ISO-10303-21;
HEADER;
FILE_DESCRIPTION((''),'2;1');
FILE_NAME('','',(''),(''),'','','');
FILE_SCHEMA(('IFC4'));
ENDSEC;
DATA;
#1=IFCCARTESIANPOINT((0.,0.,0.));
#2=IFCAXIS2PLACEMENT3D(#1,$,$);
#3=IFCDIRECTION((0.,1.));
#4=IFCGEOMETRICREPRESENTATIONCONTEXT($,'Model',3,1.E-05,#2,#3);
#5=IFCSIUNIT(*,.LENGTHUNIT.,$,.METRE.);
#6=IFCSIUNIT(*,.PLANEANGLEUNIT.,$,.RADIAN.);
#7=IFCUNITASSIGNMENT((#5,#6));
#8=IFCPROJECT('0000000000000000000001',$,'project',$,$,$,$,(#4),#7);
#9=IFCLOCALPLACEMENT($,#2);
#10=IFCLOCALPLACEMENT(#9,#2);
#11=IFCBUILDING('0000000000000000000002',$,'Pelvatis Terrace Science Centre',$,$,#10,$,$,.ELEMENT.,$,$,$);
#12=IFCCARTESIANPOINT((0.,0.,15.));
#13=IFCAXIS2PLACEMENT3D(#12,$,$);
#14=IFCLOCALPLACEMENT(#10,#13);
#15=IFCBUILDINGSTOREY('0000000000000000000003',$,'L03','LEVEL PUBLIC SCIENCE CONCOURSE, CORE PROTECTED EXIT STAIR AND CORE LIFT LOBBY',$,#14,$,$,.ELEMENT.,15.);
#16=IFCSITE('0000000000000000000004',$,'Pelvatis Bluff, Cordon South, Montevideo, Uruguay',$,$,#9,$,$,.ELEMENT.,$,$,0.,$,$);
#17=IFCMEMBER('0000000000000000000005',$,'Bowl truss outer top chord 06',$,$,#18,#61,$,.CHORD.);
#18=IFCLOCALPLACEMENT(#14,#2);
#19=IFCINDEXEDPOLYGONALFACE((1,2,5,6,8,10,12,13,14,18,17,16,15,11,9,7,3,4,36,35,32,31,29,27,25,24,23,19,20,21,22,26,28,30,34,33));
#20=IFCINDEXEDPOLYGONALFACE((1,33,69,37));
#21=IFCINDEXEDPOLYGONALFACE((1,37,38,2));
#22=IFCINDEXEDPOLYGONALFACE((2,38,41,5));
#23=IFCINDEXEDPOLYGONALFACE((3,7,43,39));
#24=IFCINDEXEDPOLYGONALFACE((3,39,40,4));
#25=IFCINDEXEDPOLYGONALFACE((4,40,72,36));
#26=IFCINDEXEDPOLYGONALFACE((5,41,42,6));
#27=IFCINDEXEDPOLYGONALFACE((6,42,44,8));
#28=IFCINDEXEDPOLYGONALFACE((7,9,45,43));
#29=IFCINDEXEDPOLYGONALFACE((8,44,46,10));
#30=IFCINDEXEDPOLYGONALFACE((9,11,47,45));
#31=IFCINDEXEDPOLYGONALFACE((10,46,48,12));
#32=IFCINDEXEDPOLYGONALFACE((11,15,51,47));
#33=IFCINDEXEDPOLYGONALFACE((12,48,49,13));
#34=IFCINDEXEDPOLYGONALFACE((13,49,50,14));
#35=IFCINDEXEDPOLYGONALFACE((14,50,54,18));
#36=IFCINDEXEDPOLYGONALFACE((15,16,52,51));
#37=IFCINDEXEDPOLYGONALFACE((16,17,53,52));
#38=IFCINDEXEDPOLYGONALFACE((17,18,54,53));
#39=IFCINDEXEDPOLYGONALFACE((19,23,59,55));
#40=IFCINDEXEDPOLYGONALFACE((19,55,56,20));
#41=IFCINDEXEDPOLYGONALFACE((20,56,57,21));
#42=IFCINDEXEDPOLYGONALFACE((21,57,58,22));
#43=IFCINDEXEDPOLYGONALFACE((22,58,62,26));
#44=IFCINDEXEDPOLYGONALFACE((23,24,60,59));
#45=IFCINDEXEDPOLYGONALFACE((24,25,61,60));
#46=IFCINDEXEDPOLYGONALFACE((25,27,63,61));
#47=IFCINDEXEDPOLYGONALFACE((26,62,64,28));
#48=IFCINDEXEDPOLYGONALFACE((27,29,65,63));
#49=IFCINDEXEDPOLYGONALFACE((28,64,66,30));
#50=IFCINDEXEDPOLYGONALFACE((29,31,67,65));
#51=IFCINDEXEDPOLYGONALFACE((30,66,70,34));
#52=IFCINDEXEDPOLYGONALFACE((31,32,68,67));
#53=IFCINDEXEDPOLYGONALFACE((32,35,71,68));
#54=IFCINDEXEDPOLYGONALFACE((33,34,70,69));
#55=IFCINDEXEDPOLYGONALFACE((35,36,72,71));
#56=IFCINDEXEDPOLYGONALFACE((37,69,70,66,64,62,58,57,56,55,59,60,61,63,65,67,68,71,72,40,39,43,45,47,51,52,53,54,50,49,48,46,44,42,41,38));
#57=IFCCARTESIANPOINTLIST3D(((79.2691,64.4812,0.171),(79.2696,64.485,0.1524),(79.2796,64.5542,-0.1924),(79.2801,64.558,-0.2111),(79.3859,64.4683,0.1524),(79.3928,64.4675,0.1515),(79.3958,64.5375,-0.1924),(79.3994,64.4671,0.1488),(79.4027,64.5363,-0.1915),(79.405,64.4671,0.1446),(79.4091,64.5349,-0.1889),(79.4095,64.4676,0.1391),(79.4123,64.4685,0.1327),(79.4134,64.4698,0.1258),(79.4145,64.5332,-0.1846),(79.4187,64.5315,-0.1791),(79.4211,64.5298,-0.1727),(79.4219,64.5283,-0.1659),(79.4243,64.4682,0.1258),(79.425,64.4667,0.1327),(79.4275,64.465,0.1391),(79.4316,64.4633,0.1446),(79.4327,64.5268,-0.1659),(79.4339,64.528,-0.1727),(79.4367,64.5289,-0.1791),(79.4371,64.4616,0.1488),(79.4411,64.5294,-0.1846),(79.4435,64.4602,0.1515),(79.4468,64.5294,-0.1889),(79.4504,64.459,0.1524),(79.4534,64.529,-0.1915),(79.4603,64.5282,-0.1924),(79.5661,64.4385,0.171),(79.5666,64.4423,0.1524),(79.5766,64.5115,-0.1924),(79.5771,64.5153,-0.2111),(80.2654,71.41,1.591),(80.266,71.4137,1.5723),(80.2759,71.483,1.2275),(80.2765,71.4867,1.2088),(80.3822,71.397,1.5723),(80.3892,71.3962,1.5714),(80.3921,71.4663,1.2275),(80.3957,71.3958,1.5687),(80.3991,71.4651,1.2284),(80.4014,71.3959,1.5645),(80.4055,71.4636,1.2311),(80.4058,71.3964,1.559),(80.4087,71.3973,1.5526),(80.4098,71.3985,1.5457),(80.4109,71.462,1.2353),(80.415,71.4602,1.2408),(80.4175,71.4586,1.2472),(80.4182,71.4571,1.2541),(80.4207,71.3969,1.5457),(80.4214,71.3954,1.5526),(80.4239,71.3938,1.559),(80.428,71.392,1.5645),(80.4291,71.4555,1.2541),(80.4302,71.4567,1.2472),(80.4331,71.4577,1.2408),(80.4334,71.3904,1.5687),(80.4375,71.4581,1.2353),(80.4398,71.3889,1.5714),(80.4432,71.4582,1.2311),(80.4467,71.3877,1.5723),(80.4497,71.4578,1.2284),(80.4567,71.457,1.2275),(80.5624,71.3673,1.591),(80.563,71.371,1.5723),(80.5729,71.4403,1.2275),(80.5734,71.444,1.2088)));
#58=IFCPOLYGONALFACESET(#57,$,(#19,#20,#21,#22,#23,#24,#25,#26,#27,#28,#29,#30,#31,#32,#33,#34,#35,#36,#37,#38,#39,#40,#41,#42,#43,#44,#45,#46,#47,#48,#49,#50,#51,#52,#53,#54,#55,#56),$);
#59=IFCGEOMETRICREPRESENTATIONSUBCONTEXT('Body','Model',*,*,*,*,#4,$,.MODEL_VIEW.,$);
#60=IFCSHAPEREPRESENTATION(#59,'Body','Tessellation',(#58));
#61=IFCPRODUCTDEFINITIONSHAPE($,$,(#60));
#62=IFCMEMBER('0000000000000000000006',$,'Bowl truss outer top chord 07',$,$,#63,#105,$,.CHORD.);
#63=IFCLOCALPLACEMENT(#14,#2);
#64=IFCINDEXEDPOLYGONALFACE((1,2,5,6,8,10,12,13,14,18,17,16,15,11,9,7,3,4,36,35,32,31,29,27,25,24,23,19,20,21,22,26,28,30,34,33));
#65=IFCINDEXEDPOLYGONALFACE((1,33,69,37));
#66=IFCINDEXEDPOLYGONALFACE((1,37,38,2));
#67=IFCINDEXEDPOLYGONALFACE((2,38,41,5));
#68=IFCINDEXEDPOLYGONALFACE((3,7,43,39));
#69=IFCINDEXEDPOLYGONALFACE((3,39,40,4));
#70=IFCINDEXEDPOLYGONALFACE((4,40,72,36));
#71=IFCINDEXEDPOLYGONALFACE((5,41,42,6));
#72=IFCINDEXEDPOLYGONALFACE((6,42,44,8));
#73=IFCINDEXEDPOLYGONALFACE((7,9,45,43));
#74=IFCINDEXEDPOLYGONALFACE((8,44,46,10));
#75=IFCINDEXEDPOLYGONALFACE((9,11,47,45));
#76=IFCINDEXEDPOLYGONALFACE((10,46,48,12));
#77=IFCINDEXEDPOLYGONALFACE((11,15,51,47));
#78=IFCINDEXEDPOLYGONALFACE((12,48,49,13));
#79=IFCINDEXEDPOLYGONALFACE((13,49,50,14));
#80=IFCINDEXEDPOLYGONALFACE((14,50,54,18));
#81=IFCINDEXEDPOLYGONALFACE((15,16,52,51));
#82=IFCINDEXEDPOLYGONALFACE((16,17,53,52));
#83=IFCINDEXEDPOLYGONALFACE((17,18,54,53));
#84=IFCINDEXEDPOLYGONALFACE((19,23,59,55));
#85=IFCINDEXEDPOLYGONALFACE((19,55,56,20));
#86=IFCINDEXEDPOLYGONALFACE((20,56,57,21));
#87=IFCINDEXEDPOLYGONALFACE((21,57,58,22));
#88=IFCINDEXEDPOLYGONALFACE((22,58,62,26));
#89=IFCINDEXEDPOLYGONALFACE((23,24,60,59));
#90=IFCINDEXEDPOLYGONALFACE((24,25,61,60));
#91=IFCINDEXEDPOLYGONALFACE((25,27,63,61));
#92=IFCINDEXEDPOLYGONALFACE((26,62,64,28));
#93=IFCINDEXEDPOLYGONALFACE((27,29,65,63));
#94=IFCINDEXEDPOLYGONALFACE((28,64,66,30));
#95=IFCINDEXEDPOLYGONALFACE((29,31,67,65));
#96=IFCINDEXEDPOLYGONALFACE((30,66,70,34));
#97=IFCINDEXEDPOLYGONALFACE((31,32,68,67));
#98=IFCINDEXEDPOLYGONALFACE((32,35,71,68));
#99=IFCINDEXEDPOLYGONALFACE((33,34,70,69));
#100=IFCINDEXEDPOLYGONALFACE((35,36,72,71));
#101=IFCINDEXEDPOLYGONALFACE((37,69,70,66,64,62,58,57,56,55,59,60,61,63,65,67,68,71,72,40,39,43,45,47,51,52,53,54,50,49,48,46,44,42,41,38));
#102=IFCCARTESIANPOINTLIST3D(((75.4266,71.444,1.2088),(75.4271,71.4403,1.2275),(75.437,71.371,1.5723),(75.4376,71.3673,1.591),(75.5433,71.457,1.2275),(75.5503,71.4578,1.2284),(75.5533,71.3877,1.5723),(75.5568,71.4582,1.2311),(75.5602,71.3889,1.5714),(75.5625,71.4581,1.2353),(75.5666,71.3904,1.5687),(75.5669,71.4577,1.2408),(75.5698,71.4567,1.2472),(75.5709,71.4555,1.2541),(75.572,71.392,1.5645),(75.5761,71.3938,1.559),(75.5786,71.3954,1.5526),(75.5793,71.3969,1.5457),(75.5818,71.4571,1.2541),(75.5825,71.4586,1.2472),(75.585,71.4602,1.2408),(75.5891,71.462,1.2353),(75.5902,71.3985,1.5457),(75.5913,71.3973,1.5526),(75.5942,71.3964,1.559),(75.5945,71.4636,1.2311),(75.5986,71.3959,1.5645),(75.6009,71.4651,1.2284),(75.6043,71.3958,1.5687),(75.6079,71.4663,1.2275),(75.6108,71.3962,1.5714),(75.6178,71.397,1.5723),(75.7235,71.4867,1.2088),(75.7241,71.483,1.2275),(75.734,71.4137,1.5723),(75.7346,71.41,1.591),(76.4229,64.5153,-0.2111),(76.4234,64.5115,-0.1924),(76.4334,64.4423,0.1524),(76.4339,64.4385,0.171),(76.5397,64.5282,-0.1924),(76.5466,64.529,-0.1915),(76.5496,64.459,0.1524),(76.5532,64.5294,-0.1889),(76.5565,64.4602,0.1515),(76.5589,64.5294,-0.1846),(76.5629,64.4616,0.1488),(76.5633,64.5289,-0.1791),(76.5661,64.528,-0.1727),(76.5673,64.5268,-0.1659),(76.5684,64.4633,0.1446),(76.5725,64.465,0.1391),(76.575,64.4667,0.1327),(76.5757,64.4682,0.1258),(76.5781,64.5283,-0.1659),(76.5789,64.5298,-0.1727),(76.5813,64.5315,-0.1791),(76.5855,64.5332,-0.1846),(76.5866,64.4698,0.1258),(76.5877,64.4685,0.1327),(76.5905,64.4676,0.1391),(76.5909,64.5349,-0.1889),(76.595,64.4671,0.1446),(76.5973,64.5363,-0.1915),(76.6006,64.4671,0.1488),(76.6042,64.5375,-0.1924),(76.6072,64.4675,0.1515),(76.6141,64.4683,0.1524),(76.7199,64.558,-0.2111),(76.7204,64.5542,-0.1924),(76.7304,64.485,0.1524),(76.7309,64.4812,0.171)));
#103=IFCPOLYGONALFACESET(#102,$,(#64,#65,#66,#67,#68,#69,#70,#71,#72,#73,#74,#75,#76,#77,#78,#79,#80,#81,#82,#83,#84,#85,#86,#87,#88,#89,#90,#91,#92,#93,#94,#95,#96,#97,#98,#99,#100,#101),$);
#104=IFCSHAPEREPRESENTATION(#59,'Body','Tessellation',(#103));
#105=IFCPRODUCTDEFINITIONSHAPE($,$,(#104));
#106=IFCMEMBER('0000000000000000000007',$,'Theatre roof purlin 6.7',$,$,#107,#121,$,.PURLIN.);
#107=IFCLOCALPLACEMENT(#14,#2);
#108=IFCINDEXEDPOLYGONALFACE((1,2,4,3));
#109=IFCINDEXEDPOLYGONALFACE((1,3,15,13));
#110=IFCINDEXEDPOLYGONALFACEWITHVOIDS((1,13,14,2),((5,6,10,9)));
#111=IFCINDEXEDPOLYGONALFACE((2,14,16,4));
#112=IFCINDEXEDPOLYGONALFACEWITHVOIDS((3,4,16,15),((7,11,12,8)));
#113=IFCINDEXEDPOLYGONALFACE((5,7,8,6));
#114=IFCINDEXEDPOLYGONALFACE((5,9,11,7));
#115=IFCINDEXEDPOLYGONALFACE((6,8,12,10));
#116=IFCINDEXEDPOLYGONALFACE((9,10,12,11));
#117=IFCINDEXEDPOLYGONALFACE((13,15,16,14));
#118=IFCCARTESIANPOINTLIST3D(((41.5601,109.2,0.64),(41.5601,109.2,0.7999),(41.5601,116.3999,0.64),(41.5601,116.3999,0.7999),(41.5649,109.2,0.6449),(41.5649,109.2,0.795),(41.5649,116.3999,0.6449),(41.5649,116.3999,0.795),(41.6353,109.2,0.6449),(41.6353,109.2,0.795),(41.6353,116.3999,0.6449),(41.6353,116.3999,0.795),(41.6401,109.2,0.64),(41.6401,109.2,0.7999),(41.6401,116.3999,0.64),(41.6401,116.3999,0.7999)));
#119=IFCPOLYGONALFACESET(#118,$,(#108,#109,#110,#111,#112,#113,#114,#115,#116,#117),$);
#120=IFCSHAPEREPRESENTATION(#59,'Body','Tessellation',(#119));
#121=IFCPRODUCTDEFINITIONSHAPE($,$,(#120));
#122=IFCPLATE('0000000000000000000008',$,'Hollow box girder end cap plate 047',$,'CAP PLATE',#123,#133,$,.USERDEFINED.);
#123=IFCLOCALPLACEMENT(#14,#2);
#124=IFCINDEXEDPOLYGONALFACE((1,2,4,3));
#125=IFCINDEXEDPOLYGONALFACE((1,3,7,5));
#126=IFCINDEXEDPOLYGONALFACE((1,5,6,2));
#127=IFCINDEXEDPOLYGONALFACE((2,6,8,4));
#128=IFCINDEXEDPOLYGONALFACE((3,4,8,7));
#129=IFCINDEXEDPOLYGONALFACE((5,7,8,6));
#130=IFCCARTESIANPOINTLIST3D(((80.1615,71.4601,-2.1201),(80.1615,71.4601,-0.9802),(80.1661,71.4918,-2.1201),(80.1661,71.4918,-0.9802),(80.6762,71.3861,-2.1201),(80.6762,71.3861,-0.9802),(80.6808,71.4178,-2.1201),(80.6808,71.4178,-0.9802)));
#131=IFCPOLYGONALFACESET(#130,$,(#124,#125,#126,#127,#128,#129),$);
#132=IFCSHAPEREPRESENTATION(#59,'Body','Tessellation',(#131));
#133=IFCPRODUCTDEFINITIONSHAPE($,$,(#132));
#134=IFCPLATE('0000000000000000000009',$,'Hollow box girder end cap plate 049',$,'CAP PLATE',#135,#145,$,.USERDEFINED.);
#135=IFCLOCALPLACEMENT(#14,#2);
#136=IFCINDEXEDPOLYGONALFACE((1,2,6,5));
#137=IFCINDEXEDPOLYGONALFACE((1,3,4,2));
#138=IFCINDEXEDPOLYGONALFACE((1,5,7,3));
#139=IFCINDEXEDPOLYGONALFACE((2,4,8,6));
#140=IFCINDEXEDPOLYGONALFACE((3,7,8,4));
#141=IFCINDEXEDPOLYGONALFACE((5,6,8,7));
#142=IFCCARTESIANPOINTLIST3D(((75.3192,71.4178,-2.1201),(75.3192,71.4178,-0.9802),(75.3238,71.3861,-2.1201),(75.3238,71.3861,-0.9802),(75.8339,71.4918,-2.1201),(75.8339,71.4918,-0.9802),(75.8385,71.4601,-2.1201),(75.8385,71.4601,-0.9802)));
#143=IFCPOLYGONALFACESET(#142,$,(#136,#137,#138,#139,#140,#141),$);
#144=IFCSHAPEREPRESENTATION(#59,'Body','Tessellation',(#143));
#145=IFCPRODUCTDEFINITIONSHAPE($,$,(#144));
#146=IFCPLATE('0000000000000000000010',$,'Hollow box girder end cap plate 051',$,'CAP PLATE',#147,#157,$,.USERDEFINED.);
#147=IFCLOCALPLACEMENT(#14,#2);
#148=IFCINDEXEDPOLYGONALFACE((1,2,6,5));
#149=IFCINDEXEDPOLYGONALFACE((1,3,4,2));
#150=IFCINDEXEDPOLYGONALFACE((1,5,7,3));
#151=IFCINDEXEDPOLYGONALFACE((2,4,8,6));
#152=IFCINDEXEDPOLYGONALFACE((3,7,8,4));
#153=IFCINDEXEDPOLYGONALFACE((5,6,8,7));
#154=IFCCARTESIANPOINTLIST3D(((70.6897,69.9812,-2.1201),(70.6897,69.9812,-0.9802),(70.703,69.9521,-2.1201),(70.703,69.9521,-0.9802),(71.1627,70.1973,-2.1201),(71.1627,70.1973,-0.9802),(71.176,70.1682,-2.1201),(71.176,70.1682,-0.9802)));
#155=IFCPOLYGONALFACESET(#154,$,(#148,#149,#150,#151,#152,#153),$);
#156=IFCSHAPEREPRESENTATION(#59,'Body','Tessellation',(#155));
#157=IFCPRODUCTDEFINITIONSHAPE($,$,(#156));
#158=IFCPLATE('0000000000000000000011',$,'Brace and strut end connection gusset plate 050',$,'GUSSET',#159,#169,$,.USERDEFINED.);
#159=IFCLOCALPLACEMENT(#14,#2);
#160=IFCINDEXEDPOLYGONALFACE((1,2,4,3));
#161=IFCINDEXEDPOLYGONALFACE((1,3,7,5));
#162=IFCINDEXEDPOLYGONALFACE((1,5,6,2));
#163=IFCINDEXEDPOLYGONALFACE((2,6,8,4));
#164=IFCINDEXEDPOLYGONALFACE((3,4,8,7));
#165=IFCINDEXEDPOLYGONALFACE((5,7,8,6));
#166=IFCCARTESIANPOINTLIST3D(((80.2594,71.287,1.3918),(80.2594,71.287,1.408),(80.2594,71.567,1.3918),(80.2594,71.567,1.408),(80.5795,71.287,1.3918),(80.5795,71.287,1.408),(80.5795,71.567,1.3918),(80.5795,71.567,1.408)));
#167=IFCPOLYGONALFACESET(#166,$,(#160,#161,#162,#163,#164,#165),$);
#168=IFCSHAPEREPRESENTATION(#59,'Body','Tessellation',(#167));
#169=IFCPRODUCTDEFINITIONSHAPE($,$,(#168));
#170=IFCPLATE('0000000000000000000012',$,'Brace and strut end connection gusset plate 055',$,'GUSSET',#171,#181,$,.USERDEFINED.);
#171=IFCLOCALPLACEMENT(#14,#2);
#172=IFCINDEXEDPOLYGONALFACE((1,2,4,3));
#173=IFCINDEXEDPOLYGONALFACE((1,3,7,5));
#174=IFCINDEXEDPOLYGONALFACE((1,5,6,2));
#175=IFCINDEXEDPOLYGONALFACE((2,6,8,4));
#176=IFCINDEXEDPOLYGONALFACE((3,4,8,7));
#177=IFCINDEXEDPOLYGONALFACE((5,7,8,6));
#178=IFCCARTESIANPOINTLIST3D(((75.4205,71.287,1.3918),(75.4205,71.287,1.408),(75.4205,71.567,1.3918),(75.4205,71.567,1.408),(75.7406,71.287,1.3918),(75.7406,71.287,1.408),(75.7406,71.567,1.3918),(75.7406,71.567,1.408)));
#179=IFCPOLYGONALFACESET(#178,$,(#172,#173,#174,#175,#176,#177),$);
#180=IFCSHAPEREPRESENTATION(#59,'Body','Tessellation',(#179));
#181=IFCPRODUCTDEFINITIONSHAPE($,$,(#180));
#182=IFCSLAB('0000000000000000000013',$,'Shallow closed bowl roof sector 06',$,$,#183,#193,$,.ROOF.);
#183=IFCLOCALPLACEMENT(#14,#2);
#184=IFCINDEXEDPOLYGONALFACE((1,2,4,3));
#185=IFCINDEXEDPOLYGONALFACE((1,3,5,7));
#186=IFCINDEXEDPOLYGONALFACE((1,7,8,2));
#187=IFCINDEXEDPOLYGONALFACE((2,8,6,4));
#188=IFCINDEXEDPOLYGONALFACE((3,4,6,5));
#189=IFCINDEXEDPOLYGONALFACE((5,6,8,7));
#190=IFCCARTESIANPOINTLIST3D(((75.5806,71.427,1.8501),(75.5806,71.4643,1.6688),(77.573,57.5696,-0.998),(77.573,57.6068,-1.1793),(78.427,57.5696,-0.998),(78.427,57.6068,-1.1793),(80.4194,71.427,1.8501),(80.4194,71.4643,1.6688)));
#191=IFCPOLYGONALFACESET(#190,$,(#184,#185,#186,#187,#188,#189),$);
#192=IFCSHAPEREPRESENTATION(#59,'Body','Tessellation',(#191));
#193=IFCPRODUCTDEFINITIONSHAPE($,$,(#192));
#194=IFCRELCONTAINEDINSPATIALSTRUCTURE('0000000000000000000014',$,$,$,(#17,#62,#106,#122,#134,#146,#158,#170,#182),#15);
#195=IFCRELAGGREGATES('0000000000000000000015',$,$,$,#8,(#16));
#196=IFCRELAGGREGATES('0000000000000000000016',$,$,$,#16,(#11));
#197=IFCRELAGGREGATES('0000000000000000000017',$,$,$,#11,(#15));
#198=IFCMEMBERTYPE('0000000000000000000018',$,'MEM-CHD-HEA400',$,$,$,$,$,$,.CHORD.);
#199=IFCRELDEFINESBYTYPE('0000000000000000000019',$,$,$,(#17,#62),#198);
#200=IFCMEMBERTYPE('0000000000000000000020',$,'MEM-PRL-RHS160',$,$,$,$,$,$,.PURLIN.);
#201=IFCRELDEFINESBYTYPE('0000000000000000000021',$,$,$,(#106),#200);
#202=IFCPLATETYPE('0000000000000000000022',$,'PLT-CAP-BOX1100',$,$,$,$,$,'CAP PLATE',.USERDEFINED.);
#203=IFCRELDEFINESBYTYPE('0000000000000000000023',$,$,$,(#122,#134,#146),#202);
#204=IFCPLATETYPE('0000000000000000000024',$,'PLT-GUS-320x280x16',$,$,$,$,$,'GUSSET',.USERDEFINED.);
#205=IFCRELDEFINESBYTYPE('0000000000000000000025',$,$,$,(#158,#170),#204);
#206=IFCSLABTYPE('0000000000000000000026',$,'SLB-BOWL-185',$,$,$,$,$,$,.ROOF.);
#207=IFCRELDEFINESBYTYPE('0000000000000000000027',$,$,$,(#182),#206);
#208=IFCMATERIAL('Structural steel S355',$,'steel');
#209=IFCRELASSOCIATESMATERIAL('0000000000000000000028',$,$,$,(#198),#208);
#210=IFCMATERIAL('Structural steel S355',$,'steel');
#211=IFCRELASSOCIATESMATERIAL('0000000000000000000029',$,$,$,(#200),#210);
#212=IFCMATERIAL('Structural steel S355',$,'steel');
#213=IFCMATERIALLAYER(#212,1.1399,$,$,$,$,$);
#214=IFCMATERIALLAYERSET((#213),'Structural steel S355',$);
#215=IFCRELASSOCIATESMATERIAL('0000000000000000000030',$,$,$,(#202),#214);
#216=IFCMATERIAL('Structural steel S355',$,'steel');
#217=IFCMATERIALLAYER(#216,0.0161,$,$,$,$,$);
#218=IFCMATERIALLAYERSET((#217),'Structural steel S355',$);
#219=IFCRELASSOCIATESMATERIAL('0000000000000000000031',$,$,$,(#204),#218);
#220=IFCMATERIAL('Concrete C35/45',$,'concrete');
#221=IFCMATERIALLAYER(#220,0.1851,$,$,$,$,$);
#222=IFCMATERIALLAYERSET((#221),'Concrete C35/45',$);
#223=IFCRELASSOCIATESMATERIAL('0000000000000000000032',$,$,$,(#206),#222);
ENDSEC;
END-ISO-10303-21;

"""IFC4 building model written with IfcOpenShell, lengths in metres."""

from ifc_helpers import new_model, si_unit, direction, frame, origin, origin_2d, place, context, subcontext, project, spatial, polyline, rectangle, hollow_rectangle, i_section, outline, extrude, material, layer, layer_set, material_profile, profile_set, type_object, element, save


model = new_model("IFC4")

# Units and contexts
model_context = context("Model", 3, precision=1e-05, world=origin(), true_north=direction((0.0, 1.0)))
body_context = subcontext(model_context, "Body", "Model", "MODEL_VIEW")
ifc_project = project(units=[si_unit("LENGTHUNIT", "METRE"), si_unit("PLANEANGLEUNIT", "RADIAN")], contexts=[model_context])

# Site, building, storey
site_placement = place(None, origin())
site = spatial("IfcSite", under=ifc_project, at=site_placement, Name="Pelvatis Bluff, Cordon South, Montevideo, Uruguay", CompositionType="ELEMENT", RefElevation=0.0)
building_placement = place(site_placement, origin())
building = spatial("IfcBuilding", under=site, at=building_placement, Name="Pelvatis Terrace Science Centre", CompositionType="ELEMENT")
storey_placement = place(building_placement, frame((0.0, 0.0, 15.0)))
storey = spatial("IfcBuildingStorey", under=building, at=storey_placement, Name="L03", Description="LEVEL PUBLIC SCIENCE CONCOURSE, CORE PROTECTED EXIT STAIR AND CORE LIFT LOBBY", CompositionType="ELEMENT", Elevation=15.0)

# Members
ifc_material_1 = material(Name="Structural steel S355", Category="steel")
ifc_material_profile_1 = material_profile(ifc_material_1, i_section(OverallWidth=0.3, OverallDepth=0.3899, WebThickness=0.011, FlangeThickness=0.019, FilletRadius=0.0271, at=origin_2d()), Name="HEA 400")
ifc_profile_set_1 = profile_set([ifc_material_profile_1], Name="Structural steel S355")
member_type_1 = type_object("IfcMemberType", Name="MEM-CHD-HEA400", PredefinedType="CHORD", material=ifc_profile_set_1)
for number, where, z_axis, x_axis, name in (
    (1, (80.4194, 71.427, 1.3999), (-0.139493, -0.970062, -0.198798), (0.989819, -0.142334, 0.0), "Bowl truss outer top chord 06"),
    (2, (75.5806, 71.427, 1.3999), (0.139493, -0.970062, -0.198798), (0.989819, 0.142334, 0.0), "Bowl truss outer top chord 07"),
):
    element("IfcMember", number, at=place(storey_placement, frame(where, z_axis=z_axis, x_axis=x_axis)), inside=storey, type_object=member_type_1, Name=name, PredefinedType="CHORD", context=body_context, shape_type="SweptSolid", body=[
        extrude(i_section(OverallWidth=0.3, OverallDepth=0.3899, WebThickness=0.011, FlangeThickness=0.019, FilletRadius=0.0271, at=origin_2d()), origin(), (0.0, 0.0, 1.0), 7.1426),
    ])
ifc_material_2 = material(Name="Structural steel S355", Category="steel")
ifc_material_profile_2 = material_profile(ifc_material_2, hollow_rectangle(XDim=0.0801, YDim=0.1599, WallThickness=0.0049, at=origin_2d()), Name="RHS 160x80x5.0")
ifc_profile_set_2 = profile_set([ifc_material_profile_2], Name="Structural steel S355")
member_type_2 = type_object("IfcMemberType", Name="MEM-PRL-RHS160", PredefinedType="PURLIN", material=ifc_profile_set_2)
member_placement = place(storey_placement, frame((41.6001, 109.2, 0.72), z_axis=(0.0, 1.0, 0.0), x_axis=(-1.0, 0.0, 0.0)))
element("IfcMember", 3, at=member_placement, inside=storey, type_object=member_type_2, Name="Theatre roof purlin 6.7", PredefinedType="PURLIN", context=body_context, shape_type="SweptSolid", body=[
    extrude(hollow_rectangle(XDim=0.0801, YDim=0.1599, WallThickness=0.0049, at=origin_2d()), origin(), (0.0, 0.0, 1.0), 7.2),
])

# Plates
ifc_material_3 = material(Name="Structural steel S355", Category="steel")
ifc_layer_1 = layer(ifc_material_3, 1.1399)
ifc_layer_set_1 = layer_set([ifc_layer_1], Name="Structural steel S355")
plate_type_1 = type_object("IfcPlateType", Name="PLT-CAP-BOX1100", ElementType="CAP PLATE", PredefinedType="USERDEFINED", material=ifc_layer_set_1)
for number, where, z_axis, x_axis, name in (
    (4, (80.4211, 71.439, -2.1201), (0.0, 0.0, 1.0), (-0.142283, -0.989826, 0.0), "Hollow box girder end cap plate 047"),
    (5, (75.5789, 71.439, -2.1201), (0.0, 0.0, 1.0), (0.142283, -0.989826, 0.0), "Hollow box girder end cap plate 049"),
    (6, (70.9329, 70.0747, -2.1201), (0.0, 0.0, 1.0), (0.415487, -0.909599, 0.0), "Hollow box girder end cap plate 051"),
):
    element("IfcPlate", number, at=place(storey_placement, frame(where, z_axis=z_axis, x_axis=x_axis)), inside=storey, type_object=plate_type_1, Name=name, ObjectType="CAP PLATE", PredefinedType="USERDEFINED", context=body_context, shape_type="SweptSolid", body=[
        extrude(rectangle(XDim=0.032, YDim=0.52, at=origin_2d()), origin(), (0.0, 0.0, 1.0), 1.1399),
    ])
ifc_material_4 = material(Name="Structural steel S355", Category="steel")
ifc_layer_2 = layer(ifc_material_4, 0.0161)
ifc_layer_set_2 = layer_set([ifc_layer_2], Name="Structural steel S355")
plate_type_2 = type_object("IfcPlateType", Name="PLT-GUS-320x280x16", ElementType="GUSSET", PredefinedType="USERDEFINED", material=ifc_layer_set_2)
for number, where, z_axis, x_axis, name in (
    (7, (80.4194, 71.427, 1.3918), (0.0, 0.0, 1.0), (1.0, 0.0, 0.0), "Brace and strut end connection gusset plate 050"),
    (8, (75.5806, 71.427, 1.3918), (0.0, 0.0, 1.0), (1.0, 0.0, 0.0), "Brace and strut end connection gusset plate 055"),
):
    element("IfcPlate", number, at=place(storey_placement, frame(where, z_axis=z_axis, x_axis=x_axis)), inside=storey, type_object=plate_type_2, Name=name, ObjectType="GUSSET", PredefinedType="USERDEFINED", context=body_context, shape_type="SweptSolid", body=[
        extrude(rectangle(XDim=0.3201, YDim=0.28, at=origin_2d()), origin(), (0.0, 0.0, 1.0), 0.0161),
    ])

# Slab
ifc_material_5 = material(Name="Concrete C35/45", Category="concrete")
ifc_layer_3 = layer(ifc_material_5, 0.1851)
ifc_layer_set_3 = layer_set([ifc_layer_3], Name="Concrete C35/45")
slab_type = type_object("IfcSlabType", Name="SLB-BOWL-185", PredefinedType="ROOF", material=ifc_layer_set_3)
slab_1_placement = place(storey_placement, frame((80.4194, 71.427, 1.8501), z_axis=(0.0, -0.201324, 0.979525), x_axis=(-1.0, 0.0, 0.0)))
element("IfcSlab", 9, at=slab_1_placement, inside=storey, type_object=slab_type, Name="Shallow closed bowl roof sector 06", PredefinedType="ROOF", context=body_context, shape_type="SweptSolid", body=[
    extrude(outline(polyline([(0.0, 0.0), (4.8389, 0.0), (2.8464, 14.1471), (1.9924, 14.1471), (0.0, 0.0)])), origin(), (0.0, 0.0, -1.0), 0.1851),
])

save(model, "model.ifc")
